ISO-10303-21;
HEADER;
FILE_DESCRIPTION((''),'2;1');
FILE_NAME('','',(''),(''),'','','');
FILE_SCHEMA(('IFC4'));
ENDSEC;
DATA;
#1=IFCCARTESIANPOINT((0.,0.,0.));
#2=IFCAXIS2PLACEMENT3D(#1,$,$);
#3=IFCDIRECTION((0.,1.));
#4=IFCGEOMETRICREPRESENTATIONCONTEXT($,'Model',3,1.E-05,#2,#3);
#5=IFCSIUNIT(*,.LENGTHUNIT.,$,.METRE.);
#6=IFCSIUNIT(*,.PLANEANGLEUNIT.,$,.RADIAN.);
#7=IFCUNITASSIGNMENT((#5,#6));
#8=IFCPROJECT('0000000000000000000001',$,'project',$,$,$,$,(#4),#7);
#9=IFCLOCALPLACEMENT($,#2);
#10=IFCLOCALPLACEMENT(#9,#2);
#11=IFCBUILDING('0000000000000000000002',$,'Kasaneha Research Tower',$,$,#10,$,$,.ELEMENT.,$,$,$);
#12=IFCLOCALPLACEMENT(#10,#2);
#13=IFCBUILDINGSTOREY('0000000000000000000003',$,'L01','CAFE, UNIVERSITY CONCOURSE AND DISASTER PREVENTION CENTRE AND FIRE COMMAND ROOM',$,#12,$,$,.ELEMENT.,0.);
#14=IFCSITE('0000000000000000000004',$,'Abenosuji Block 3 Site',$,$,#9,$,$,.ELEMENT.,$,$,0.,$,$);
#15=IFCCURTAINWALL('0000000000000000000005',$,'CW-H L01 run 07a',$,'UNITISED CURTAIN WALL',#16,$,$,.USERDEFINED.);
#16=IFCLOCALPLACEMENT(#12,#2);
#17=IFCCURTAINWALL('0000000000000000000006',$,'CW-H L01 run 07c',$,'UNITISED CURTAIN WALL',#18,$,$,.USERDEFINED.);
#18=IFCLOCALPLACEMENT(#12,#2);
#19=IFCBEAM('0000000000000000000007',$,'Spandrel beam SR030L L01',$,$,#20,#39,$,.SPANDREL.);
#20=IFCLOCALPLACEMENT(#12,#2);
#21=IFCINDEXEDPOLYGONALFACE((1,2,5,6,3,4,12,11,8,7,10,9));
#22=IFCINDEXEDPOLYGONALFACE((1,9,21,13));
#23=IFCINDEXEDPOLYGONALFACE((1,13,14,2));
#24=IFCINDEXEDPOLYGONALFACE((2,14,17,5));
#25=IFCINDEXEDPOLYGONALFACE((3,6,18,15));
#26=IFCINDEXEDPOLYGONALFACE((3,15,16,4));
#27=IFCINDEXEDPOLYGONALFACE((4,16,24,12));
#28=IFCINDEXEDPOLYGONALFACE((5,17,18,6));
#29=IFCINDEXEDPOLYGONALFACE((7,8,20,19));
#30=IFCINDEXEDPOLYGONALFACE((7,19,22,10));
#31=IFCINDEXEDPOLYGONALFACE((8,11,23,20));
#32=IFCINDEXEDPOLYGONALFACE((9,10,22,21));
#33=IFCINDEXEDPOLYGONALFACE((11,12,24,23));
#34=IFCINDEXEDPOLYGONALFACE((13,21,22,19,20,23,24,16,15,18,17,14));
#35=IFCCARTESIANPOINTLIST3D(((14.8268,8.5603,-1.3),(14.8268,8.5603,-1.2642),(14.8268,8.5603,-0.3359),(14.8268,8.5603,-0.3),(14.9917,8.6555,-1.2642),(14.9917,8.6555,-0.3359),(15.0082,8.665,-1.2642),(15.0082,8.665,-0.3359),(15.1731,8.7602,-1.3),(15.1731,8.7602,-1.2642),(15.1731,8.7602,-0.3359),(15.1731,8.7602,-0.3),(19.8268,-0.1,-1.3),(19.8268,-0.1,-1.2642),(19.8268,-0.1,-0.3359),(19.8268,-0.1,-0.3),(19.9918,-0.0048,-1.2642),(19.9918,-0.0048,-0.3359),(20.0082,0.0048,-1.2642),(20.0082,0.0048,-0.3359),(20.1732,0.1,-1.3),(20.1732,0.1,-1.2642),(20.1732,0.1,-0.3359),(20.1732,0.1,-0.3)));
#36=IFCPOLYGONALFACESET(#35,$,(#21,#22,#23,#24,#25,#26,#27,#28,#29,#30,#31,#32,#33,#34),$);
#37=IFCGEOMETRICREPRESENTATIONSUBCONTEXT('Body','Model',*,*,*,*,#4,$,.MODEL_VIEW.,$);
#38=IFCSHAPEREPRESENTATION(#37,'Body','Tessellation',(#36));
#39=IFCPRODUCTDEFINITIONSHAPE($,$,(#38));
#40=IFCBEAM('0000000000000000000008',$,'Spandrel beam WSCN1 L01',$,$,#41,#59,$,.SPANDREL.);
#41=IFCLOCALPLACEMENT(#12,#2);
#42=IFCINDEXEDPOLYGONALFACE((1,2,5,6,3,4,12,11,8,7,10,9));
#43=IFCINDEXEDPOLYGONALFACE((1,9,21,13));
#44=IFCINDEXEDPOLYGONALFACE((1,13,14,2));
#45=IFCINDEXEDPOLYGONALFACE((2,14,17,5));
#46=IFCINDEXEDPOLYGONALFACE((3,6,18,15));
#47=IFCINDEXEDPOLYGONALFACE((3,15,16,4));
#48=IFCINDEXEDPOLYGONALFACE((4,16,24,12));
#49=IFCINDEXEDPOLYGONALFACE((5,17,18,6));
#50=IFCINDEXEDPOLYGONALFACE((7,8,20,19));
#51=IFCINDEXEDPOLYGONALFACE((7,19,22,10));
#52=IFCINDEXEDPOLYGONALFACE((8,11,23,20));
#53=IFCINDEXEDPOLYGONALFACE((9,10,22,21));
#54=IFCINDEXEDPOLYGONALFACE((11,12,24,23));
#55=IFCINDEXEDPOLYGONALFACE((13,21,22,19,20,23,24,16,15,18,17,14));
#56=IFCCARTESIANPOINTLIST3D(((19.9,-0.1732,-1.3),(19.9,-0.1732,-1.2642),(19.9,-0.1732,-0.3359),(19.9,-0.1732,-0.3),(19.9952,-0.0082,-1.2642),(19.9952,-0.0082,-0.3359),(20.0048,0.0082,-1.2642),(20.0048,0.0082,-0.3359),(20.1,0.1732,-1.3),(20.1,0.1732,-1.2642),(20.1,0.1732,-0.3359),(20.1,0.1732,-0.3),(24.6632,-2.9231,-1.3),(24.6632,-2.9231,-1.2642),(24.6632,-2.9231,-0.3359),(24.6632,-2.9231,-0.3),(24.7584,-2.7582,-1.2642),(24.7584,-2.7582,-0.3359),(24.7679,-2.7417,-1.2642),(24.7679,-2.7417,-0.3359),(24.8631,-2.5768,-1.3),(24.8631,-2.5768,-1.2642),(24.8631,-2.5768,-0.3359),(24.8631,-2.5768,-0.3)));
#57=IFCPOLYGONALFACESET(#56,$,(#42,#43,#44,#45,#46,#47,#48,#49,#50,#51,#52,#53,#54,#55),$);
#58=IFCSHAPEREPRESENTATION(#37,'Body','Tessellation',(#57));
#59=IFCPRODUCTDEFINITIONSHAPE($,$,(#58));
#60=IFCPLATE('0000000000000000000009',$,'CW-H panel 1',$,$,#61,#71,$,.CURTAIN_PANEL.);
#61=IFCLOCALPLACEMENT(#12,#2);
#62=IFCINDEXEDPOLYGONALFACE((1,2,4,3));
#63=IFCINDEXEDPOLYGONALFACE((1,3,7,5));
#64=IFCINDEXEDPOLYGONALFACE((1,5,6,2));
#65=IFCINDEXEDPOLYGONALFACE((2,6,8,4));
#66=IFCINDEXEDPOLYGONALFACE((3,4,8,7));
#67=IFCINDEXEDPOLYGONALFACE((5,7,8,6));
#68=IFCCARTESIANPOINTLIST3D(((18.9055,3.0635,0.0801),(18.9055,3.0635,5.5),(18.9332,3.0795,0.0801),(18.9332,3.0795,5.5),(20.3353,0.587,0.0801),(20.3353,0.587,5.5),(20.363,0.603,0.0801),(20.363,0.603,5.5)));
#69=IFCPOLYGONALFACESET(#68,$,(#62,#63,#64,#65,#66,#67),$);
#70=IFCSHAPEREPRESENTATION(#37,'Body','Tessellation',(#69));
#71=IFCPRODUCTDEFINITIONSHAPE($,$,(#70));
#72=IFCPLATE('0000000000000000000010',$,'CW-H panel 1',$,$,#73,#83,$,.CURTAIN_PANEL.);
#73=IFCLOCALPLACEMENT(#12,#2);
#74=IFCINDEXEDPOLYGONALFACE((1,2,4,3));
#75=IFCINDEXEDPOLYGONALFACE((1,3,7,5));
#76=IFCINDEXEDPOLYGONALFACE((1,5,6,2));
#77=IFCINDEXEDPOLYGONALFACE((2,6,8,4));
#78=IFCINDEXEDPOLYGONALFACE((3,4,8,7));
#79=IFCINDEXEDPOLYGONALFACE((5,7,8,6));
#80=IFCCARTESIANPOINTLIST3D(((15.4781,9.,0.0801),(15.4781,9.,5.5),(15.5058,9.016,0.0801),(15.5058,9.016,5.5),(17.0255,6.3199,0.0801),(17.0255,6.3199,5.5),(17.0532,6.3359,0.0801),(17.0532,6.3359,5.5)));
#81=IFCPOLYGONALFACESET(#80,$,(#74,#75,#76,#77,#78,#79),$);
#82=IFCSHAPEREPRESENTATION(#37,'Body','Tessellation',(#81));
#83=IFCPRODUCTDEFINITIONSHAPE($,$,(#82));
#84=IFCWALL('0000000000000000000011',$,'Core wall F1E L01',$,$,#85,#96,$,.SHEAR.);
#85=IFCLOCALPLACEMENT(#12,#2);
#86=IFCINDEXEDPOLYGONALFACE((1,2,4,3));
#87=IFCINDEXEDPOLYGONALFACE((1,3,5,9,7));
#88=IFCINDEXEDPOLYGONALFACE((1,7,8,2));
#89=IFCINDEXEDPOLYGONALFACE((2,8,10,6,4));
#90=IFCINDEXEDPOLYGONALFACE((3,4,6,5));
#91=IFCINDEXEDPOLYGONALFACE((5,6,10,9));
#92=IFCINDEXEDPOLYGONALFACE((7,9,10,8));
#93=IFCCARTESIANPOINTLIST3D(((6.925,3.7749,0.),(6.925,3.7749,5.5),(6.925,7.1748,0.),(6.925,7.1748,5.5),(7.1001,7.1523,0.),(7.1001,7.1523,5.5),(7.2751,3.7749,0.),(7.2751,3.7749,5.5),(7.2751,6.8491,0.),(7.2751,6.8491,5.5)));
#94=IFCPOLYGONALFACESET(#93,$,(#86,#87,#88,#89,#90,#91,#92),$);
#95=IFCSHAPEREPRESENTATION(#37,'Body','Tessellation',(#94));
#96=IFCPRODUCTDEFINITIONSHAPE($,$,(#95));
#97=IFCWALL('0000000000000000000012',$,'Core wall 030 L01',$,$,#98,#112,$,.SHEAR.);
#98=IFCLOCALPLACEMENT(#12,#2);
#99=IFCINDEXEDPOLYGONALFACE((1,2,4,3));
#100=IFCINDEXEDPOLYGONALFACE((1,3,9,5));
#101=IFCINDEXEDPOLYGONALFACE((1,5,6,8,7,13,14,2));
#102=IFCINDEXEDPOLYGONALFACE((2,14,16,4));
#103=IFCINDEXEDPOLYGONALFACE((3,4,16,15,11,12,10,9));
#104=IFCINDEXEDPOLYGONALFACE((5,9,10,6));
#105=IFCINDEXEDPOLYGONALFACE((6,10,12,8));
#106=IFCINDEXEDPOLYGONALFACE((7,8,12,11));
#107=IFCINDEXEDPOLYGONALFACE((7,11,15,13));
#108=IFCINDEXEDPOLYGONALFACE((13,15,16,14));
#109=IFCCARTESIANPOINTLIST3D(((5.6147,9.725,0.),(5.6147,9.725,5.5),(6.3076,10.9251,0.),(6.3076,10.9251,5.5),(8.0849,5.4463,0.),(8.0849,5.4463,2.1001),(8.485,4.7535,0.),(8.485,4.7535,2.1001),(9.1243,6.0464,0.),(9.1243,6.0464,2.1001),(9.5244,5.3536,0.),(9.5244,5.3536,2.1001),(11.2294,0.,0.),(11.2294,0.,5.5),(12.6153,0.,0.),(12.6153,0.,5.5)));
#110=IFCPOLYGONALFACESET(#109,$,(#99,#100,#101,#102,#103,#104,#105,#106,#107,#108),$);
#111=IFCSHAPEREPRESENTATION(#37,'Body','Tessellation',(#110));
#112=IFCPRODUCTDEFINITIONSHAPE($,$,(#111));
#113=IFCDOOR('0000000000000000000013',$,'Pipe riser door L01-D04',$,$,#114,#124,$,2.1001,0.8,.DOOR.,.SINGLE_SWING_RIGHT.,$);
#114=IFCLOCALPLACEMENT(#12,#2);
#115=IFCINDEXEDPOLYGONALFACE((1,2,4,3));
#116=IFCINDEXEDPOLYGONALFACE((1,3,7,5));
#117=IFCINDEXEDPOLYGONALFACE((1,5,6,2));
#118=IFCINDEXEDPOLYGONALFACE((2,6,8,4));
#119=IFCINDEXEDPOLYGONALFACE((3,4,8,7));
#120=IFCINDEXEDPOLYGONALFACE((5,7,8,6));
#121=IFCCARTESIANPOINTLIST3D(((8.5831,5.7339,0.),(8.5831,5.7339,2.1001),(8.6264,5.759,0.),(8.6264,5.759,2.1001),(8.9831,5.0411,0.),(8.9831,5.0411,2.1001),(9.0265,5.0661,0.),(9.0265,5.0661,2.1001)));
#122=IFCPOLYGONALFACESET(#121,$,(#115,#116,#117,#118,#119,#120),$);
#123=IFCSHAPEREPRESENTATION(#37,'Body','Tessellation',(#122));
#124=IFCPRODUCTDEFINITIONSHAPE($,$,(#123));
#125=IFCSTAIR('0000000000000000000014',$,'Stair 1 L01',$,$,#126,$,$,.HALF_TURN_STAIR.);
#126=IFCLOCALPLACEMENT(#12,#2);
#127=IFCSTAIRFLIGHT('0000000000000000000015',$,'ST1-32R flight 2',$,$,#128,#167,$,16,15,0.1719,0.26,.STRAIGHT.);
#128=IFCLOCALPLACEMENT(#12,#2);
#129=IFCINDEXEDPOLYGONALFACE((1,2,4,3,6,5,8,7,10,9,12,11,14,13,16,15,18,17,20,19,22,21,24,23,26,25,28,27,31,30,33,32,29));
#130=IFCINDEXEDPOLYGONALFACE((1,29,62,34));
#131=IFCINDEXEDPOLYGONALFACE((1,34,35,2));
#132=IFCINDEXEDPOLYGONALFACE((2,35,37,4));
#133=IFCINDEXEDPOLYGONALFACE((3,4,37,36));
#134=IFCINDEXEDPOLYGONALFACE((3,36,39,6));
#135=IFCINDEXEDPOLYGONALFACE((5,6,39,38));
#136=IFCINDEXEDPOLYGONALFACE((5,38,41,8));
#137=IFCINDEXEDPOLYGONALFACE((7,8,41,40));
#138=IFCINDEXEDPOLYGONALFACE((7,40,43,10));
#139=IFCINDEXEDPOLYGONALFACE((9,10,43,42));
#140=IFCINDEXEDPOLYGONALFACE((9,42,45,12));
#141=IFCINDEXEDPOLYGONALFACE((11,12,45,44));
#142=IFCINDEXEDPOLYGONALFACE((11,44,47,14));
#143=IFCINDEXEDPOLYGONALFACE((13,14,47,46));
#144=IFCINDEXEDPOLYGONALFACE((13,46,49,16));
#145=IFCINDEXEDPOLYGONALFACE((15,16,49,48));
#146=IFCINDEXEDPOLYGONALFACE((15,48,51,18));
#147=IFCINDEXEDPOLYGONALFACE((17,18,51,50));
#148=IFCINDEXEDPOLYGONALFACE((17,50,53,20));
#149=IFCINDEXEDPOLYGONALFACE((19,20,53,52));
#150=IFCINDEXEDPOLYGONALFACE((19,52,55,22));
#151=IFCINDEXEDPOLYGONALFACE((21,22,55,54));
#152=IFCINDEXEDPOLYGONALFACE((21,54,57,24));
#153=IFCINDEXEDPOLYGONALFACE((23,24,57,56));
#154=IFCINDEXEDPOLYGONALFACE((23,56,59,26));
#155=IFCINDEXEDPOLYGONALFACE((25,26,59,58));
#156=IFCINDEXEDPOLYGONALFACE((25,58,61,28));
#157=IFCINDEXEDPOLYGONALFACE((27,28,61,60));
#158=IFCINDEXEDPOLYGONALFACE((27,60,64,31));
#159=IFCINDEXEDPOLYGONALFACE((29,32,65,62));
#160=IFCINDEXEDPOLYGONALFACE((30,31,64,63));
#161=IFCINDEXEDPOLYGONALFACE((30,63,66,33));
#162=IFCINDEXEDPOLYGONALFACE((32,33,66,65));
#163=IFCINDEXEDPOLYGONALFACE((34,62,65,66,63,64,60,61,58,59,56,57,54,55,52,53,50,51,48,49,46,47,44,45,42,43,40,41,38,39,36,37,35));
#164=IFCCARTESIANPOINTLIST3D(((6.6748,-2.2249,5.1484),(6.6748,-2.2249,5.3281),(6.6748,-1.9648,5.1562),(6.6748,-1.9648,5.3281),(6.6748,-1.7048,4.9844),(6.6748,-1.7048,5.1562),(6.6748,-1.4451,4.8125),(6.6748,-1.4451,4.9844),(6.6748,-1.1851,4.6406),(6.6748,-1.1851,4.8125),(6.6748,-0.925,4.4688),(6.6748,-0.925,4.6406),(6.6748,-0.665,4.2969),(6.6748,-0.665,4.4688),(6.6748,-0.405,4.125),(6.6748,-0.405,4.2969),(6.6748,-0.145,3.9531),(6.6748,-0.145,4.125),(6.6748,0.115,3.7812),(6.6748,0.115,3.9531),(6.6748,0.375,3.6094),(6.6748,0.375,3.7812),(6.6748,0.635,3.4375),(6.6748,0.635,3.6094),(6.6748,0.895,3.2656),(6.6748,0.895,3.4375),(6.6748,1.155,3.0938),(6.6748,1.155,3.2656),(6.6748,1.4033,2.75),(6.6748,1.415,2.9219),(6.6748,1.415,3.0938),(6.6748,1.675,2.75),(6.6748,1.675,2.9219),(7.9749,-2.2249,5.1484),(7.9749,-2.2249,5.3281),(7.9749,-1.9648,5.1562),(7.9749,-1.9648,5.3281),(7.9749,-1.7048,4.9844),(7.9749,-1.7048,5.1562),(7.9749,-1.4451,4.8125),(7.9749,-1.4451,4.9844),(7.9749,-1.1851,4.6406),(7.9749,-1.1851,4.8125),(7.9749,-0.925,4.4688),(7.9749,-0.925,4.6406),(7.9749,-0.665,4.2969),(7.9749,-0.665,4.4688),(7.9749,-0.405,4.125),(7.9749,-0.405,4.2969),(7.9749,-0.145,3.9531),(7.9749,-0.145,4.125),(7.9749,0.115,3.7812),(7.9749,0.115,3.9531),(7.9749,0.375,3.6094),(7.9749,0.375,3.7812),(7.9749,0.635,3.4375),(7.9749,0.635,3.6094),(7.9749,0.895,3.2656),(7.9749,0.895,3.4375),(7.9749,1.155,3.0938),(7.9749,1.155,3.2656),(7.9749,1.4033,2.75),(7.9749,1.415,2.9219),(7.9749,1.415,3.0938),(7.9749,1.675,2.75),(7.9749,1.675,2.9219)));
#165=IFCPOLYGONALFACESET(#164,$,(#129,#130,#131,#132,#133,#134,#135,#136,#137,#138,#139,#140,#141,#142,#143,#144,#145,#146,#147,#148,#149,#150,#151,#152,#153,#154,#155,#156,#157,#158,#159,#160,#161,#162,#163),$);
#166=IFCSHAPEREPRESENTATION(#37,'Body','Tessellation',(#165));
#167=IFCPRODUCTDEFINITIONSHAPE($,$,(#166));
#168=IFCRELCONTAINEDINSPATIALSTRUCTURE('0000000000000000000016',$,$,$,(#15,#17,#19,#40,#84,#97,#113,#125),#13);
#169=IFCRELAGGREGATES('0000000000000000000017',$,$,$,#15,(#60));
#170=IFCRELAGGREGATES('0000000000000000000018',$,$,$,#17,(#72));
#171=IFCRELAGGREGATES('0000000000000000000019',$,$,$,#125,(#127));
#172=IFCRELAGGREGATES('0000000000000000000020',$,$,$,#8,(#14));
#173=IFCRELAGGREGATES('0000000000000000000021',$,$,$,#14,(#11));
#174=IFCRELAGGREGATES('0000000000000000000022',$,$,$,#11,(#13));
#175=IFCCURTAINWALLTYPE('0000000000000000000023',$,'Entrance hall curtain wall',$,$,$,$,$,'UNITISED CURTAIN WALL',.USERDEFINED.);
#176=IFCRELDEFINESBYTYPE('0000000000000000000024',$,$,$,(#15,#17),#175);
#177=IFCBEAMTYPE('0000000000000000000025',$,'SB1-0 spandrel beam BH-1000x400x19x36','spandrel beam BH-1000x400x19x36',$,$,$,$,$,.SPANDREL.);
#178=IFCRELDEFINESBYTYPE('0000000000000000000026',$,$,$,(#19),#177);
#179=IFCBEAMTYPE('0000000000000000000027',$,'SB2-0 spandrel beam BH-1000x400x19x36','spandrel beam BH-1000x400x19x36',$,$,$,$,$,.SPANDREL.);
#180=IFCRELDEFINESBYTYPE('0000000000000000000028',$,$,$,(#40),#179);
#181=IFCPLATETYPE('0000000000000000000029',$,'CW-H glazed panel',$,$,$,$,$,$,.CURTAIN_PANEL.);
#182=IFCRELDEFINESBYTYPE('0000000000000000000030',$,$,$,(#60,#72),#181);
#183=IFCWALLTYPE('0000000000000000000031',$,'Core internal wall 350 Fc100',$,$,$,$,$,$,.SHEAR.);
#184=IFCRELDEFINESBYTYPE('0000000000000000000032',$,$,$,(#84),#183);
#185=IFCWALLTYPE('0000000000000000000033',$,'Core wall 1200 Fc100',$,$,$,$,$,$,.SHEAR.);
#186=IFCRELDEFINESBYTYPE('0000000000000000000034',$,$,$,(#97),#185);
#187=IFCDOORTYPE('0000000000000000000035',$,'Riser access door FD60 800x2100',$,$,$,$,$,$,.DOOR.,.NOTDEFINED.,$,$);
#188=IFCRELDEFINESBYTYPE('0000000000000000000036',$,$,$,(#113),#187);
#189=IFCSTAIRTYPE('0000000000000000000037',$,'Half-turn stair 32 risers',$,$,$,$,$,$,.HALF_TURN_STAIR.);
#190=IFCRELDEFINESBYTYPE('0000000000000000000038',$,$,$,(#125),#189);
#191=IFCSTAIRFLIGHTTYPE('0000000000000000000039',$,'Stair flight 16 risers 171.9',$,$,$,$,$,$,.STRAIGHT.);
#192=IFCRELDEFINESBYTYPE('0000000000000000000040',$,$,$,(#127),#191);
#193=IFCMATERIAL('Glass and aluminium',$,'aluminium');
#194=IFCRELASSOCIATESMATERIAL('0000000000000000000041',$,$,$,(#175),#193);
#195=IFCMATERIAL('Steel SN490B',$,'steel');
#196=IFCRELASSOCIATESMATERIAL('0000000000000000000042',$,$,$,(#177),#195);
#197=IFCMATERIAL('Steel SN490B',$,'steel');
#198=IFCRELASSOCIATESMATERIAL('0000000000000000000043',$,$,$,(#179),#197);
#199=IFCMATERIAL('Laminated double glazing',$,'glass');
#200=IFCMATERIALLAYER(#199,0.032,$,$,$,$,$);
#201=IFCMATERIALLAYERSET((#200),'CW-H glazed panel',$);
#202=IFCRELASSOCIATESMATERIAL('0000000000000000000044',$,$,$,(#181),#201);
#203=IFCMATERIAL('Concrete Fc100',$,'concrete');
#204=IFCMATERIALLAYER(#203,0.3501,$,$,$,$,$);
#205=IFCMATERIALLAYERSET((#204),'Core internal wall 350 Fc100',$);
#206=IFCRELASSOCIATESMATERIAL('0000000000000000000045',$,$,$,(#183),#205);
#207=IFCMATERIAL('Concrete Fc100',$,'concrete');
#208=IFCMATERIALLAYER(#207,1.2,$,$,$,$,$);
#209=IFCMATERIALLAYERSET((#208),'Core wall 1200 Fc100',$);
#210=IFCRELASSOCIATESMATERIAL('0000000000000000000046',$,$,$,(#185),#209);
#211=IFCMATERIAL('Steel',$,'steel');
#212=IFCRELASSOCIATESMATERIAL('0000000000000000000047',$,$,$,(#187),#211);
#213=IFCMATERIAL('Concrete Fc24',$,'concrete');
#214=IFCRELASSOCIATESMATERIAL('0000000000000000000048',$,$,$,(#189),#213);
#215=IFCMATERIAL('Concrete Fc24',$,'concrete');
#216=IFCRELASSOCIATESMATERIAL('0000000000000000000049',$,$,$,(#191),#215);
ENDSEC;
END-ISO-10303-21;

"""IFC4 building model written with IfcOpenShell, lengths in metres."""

from ifc_helpers import new_model, si_unit, direction, frame, frame_2d, origin, origin_2d, place, context, subcontext, project, spatial, polyline, rectangle, i_section, outline, extrude, material, layer, layer_set, material_profile, profile_set, type_object, element, fill, aggregate, save


model = new_model("IFC4")

# Units and contexts
model_context = context("Model", 3, precision=1e-05, world=origin(), true_north=direction((0.0, 1.0)))
body_context = subcontext(model_context, "Body", "Model", "MODEL_VIEW")
ifc_project = project(units=[si_unit("LENGTHUNIT", "METRE"), si_unit("PLANEANGLEUNIT", "RADIAN")], contexts=[model_context])

# Site, building, storey
site_placement = place(None, origin())
site = spatial("IfcSite", under=ifc_project, at=site_placement, Name="Abenosuji Block 3 Site", CompositionType="ELEMENT", RefElevation=0.0)
building_placement = place(site_placement, origin())
building = spatial("IfcBuilding", under=site, at=building_placement, Name="Kasaneha Research Tower", CompositionType="ELEMENT")
storey_placement = place(building_placement, origin())
storey = spatial("IfcBuildingStorey", under=building, at=storey_placement, Name="L01", Description="CAFE, UNIVERSITY CONCOURSE AND DISASTER PREVENTION CENTRE AND FIRE COMMAND ROOM", CompositionType="ELEMENT", Elevation=0.0)

# Shared definitions
ifc_material_1 = material(Name="Glass and aluminium", Category="aluminium")
curtain_wall_type = type_object("IfcCurtainWallType", Name="Entrance hall curtain wall", ElementType="UNITISED CURTAIN WALL", PredefinedType="USERDEFINED", material=ifc_material_1)

# Curtain walls
curtain_wall_1_placement = place(storey_placement, origin())
curtain_wall_1 = element("IfcCurtainWall", 1, at=curtain_wall_1_placement, inside=storey, type_object=curtain_wall_type, Name="CW-H L01 run 07a", ObjectType="UNITISED CURTAIN WALL", PredefinedType="USERDEFINED")
curtain_wall_2_placement = place(storey_placement, origin())
curtain_wall_2 = element("IfcCurtainWall", 2, at=curtain_wall_2_placement, inside=storey, type_object=curtain_wall_type, Name="CW-H L01 run 07c", ObjectType="UNITISED CURTAIN WALL", PredefinedType="USERDEFINED")

# Beams
ifc_material_2 = material(Name="Steel SN490B", Category="steel")
ifc_material_profile_1 = material_profile(ifc_material_2, i_section(OverallWidth=0.3999, OverallDepth=1.0, WebThickness=0.019, FlangeThickness=0.0359, at=origin_2d()), Name="BH-1000x400x19x36")
ifc_profile_set_1 = profile_set([ifc_material_profile_1], Name="Steel SN490B")
beam_type_1 = type_object("IfcBeamType", Name="SB1-0 spandrel beam BH-1000x400x19x36", Description="spandrel beam BH-1000x400x19x36", PredefinedType="SPANDREL", material=ifc_profile_set_1)
beam_1_placement = place(storey_placement, frame((20.0, 0.0, -0.8), z_axis=(-0.500004, 0.866023, 0.0), x_axis=(-0.866023, -0.500004, 0.0)))
element("IfcBeam", 3, at=beam_1_placement, inside=storey, type_object=beam_type_1, Name="Spandrel beam SR030L L01", PredefinedType="SPANDREL", context=body_context, shape_type="SweptSolid", body=[
    extrude(i_section(OverallWidth=0.3999, OverallDepth=1.0, WebThickness=0.019, FlangeThickness=0.0359, at=origin_2d()), origin(), (0.0, 0.0, 1.0), 10.0),
])
ifc_material_3 = material(Name="Steel SN490B", Category="steel")
ifc_material_profile_2 = material_profile(ifc_material_3, i_section(OverallWidth=0.3999, OverallDepth=1.0, WebThickness=0.019, FlangeThickness=0.0359, at=origin_2d()), Name="BH-1000x400x19x36")
ifc_profile_set_2 = profile_set([ifc_material_profile_2], Name="Steel SN490B")
beam_type_2 = type_object("IfcBeamType", Name="SB2-0 spandrel beam BH-1000x400x19x36", Description="spandrel beam BH-1000x400x19x36", PredefinedType="SPANDREL", material=ifc_profile_set_2)
beam_2_placement = place(storey_placement, frame((20.0, 0.0, -0.8), z_axis=(0.866027, -0.499997, 0.0), x_axis=(0.499997, 0.866027, 0.0)))
element("IfcBeam", 4, at=beam_2_placement, inside=storey, type_object=beam_type_2, Name="Spandrel beam WSCN1 L01", PredefinedType="SPANDREL", context=body_context, shape_type="SweptSolid", body=[
    extrude(i_section(OverallWidth=0.3999, OverallDepth=1.0, WebThickness=0.019, FlangeThickness=0.0359, at=origin_2d()), origin(), (0.0, 0.0, 1.0), 5.5),
])

# Plates
ifc_material_4 = material(Name="Laminated double glazing", Category="glass")
ifc_layer_1 = layer(ifc_material_4, 0.032)
ifc_layer_set_1 = layer_set([ifc_layer_1], Name="CW-H glazed panel")
plate_type = type_object("IfcPlateType", Name="CW-H glazed panel", PredefinedType="CURTAIN_PANEL", material=ifc_layer_set_1)
plate_1_placement = place(storey_placement, frame((19.6343, 1.8333, 0.0801), z_axis=(0.0, 0.0, 1.0), x_axis=(-0.5, 0.866025, 0.0)))
plate_1 = element("IfcPlate", 5, at=plate_1_placement, type_object=plate_type, Name="CW-H panel 1", PredefinedType="CURTAIN_PANEL", context=body_context, shape_type="SweptSolid", body=[
    extrude(rectangle(XDim=2.8596, YDim=0.032, at=origin_2d()), origin(), (0.0, 0.0, 1.0), 5.4199),
])
aggregate(curtain_wall_1, [plate_1])
plate_2_placement = place(storey_placement, frame((16.2656, 7.668, 0.0801), z_axis=(0.0, 0.0, 1.0), x_axis=(-0.5, 0.866025, 0.0)))
plate_2 = element("IfcPlate", 6, at=plate_2_placement, type_object=plate_type, Name="CW-H panel 1", PredefinedType="CURTAIN_PANEL", context=body_context, shape_type="SweptSolid", body=[
    extrude(rectangle(XDim=3.0947, YDim=0.032, at=origin_2d()), origin(), (0.0, 0.0, 1.0), 5.4199),
])
aggregate(curtain_wall_2, [plate_2])

# Wall
ifc_material_5 = material(Name="Concrete Fc100", Category="concrete")
ifc_layer_2 = layer(ifc_material_5, 0.3501)
ifc_layer_set_2 = layer_set([ifc_layer_2], Name="Core internal wall 350 Fc100")
wall_type_1 = type_object("IfcWallType", Name="Core internal wall 350 Fc100", PredefinedType="SHEAR", material=ifc_layer_set_2)
wall_1_placement = place(storey_placement, frame((7.1001, 3.7749, 0.0), z_axis=(0.0, 0.0, 1.0), x_axis=(0.0, 1.0, 0.0)))
element("IfcWall", 7, at=wall_1_placement, inside=storey, type_object=wall_type_1, Name="Core wall F1E L01", PredefinedType="SHEAR", context=body_context, shape_type="SweptSolid", body=[
    extrude(outline(polyline([(0.0, -0.175), (3.0742, -0.175), (3.3774, 0.0), (3.3999, 0.175), (0.0, 0.175), (0.0, -0.175)])), origin(), (0.0, 0.0, 1.0), 5.5),
])

# Wall, opening, door
ifc_material_6 = material(Name="Concrete Fc100", Category="concrete")
ifc_layer_3 = layer(ifc_material_6, 1.2)
ifc_layer_set_3 = layer_set([ifc_layer_3], Name="Core wall 1200 Fc100")
wall_type_2 = type_object("IfcWallType", Name="Core wall 1200 Fc100", PredefinedType="SHEAR", material=ifc_layer_set_3)
wall_2_placement = place(storey_placement, frame((11.9224, 0.0, 0.0), z_axis=(0.0, 0.0, 1.0), x_axis=(-0.500004, 0.866023, 0.0)))
wall_2 = element("IfcWall", 8, at=wall_2_placement, inside=storey, type_object=wall_type_2, Name="Core wall 030 L01", PredefinedType="SHEAR", context=body_context, shape_type="SweptSolid", body=[
    extrude(outline(polyline([(-0.3464, -0.6001), (5.8354, -0.6001), (6.6355, -0.6001), (12.2688, -0.6001), (11.5759, 0.6001), (6.6355, 0.6001), (5.8354, 0.6001), (0.3464, 0.6001), (-0.3464, -0.6001)])), origin(), (0.0, 0.0, 1.0), 5.5),
])
opening_1_placement = place(wall_2_placement, frame((5.8354, 0.0, 0.0)))
opening_1 = element("IfcOpeningElement", 9, at=opening_1_placement, cuts=wall_2, PredefinedType="OPENING", context=body_context, shape_type="SweptSolid", body=[
    extrude(rectangle(XDim=0.8, YDim=2.1001, at=frame_2d((0.3999, 1.05))), frame((0.0, 0.6099, 0.0), z_axis=(0.0, -1.0, 0.0), x_axis=(1.0, 0.0, 0.0)), (0.0, 0.0, 1.0), 1.22),
])
ifc_material_7 = material(Name="Steel", Category="steel")
door_type_1 = type_object("IfcDoorType", Name="Riser access door FD60 800x2100", OperationType="NOTDEFINED", PredefinedType="DOOR", material=ifc_material_7)
door_1_placement = place(opening_1_placement, origin())
door_1 = element("IfcDoor", 10, at=door_1_placement, inside=storey, type_object=door_type_1, Name="Pipe riser door L01-D04", OperationType="SINGLE_SWING_RIGHT", OverallHeight=2.1001, OverallWidth=0.8, PredefinedType="DOOR", context=body_context, shape_type="SweptSolid", body=[
    extrude(rectangle(XDim=0.8, YDim=2.1001, at=frame_2d((0.3999, 1.05))), frame((0.0, 0.0249, 0.0), z_axis=(0.0, -1.0, 0.0), x_axis=(1.0, 0.0, 0.0)), (0.0, 0.0, 1.0), 0.05),
])
fill(opening_1, door_1)

# Stair, stair flight
ifc_material_8 = material(Name="Concrete Fc24", Category="concrete")
stair_type = type_object("IfcStairType", Name="Half-turn stair 32 risers", PredefinedType="HALF_TURN_STAIR", material=ifc_material_8)
stair_placement = place(storey_placement, origin())
stair = element("IfcStair", 11, at=stair_placement, inside=storey, type_object=stair_type, Name="Stair 1 L01", PredefinedType="HALF_TURN_STAIR")
ifc_material_9 = material(Name="Concrete Fc24", Category="concrete")
stair_flight_type = type_object("IfcStairFlightType", Name="Stair flight 16 risers 171.9", PredefinedType="STRAIGHT", material=ifc_material_9)
stair_flight_placement = place(storey_placement, frame((7.325, 1.675, 2.75), z_axis=(0.0, 0.0, 1.0), x_axis=(0.0, -1.0, 0.0)))
stair_flight = element("IfcStairFlight", 12, at=stair_flight_placement, type_object=stair_flight_type, Name="ST1-32R flight 2", NumberOfRisers=16, NumberOfTreads=15, PredefinedType="STRAIGHT", RiserHeight=0.1719, TreadLength=0.26, context=body_context, shape_type="SweptSolid", body=[
    extrude(outline(polyline([(0.0, 0.0), (0.0, 0.1719), (0.26, 0.1719), (0.26, 0.3438), (0.52, 0.3438), (0.52, 0.5156), (0.78, 0.5156), (0.78, 0.6875), (1.04, 0.6875), (1.04, 0.8594), (1.3, 0.8594), (1.3, 1.0312), (1.5601, 1.0312), (1.5601, 1.2031), (1.8201, 1.2031), (1.8201, 1.375), (2.0801, 1.375), (2.0801, 1.5469), (2.3401, 1.5469), (2.3401, 1.7188), (2.6001, 1.7188), (2.6001, 1.8906), (2.8601, 1.8906), (2.8601, 2.0625), (3.1201, 2.0625), (3.1201, 2.2344), (3.3799, 2.2344), (3.3799, 2.4062), (3.6399, 2.4062), (3.6399, 2.5781), (3.8999, 2.5781), (3.8999, 2.75), (3.8999, 2.3984), (0.2717, 0.0), (0.0, 0.0)])), frame((0.0, 0.6499, 0.0), z_axis=(0.0, -1.0, 0.0), x_axis=(1.0, 0.0, 0.0)), (0.0, 0.0, 1.0), 1.3),
])
aggregate(stair, [stair_flight])

save(model, "model.ifc")
